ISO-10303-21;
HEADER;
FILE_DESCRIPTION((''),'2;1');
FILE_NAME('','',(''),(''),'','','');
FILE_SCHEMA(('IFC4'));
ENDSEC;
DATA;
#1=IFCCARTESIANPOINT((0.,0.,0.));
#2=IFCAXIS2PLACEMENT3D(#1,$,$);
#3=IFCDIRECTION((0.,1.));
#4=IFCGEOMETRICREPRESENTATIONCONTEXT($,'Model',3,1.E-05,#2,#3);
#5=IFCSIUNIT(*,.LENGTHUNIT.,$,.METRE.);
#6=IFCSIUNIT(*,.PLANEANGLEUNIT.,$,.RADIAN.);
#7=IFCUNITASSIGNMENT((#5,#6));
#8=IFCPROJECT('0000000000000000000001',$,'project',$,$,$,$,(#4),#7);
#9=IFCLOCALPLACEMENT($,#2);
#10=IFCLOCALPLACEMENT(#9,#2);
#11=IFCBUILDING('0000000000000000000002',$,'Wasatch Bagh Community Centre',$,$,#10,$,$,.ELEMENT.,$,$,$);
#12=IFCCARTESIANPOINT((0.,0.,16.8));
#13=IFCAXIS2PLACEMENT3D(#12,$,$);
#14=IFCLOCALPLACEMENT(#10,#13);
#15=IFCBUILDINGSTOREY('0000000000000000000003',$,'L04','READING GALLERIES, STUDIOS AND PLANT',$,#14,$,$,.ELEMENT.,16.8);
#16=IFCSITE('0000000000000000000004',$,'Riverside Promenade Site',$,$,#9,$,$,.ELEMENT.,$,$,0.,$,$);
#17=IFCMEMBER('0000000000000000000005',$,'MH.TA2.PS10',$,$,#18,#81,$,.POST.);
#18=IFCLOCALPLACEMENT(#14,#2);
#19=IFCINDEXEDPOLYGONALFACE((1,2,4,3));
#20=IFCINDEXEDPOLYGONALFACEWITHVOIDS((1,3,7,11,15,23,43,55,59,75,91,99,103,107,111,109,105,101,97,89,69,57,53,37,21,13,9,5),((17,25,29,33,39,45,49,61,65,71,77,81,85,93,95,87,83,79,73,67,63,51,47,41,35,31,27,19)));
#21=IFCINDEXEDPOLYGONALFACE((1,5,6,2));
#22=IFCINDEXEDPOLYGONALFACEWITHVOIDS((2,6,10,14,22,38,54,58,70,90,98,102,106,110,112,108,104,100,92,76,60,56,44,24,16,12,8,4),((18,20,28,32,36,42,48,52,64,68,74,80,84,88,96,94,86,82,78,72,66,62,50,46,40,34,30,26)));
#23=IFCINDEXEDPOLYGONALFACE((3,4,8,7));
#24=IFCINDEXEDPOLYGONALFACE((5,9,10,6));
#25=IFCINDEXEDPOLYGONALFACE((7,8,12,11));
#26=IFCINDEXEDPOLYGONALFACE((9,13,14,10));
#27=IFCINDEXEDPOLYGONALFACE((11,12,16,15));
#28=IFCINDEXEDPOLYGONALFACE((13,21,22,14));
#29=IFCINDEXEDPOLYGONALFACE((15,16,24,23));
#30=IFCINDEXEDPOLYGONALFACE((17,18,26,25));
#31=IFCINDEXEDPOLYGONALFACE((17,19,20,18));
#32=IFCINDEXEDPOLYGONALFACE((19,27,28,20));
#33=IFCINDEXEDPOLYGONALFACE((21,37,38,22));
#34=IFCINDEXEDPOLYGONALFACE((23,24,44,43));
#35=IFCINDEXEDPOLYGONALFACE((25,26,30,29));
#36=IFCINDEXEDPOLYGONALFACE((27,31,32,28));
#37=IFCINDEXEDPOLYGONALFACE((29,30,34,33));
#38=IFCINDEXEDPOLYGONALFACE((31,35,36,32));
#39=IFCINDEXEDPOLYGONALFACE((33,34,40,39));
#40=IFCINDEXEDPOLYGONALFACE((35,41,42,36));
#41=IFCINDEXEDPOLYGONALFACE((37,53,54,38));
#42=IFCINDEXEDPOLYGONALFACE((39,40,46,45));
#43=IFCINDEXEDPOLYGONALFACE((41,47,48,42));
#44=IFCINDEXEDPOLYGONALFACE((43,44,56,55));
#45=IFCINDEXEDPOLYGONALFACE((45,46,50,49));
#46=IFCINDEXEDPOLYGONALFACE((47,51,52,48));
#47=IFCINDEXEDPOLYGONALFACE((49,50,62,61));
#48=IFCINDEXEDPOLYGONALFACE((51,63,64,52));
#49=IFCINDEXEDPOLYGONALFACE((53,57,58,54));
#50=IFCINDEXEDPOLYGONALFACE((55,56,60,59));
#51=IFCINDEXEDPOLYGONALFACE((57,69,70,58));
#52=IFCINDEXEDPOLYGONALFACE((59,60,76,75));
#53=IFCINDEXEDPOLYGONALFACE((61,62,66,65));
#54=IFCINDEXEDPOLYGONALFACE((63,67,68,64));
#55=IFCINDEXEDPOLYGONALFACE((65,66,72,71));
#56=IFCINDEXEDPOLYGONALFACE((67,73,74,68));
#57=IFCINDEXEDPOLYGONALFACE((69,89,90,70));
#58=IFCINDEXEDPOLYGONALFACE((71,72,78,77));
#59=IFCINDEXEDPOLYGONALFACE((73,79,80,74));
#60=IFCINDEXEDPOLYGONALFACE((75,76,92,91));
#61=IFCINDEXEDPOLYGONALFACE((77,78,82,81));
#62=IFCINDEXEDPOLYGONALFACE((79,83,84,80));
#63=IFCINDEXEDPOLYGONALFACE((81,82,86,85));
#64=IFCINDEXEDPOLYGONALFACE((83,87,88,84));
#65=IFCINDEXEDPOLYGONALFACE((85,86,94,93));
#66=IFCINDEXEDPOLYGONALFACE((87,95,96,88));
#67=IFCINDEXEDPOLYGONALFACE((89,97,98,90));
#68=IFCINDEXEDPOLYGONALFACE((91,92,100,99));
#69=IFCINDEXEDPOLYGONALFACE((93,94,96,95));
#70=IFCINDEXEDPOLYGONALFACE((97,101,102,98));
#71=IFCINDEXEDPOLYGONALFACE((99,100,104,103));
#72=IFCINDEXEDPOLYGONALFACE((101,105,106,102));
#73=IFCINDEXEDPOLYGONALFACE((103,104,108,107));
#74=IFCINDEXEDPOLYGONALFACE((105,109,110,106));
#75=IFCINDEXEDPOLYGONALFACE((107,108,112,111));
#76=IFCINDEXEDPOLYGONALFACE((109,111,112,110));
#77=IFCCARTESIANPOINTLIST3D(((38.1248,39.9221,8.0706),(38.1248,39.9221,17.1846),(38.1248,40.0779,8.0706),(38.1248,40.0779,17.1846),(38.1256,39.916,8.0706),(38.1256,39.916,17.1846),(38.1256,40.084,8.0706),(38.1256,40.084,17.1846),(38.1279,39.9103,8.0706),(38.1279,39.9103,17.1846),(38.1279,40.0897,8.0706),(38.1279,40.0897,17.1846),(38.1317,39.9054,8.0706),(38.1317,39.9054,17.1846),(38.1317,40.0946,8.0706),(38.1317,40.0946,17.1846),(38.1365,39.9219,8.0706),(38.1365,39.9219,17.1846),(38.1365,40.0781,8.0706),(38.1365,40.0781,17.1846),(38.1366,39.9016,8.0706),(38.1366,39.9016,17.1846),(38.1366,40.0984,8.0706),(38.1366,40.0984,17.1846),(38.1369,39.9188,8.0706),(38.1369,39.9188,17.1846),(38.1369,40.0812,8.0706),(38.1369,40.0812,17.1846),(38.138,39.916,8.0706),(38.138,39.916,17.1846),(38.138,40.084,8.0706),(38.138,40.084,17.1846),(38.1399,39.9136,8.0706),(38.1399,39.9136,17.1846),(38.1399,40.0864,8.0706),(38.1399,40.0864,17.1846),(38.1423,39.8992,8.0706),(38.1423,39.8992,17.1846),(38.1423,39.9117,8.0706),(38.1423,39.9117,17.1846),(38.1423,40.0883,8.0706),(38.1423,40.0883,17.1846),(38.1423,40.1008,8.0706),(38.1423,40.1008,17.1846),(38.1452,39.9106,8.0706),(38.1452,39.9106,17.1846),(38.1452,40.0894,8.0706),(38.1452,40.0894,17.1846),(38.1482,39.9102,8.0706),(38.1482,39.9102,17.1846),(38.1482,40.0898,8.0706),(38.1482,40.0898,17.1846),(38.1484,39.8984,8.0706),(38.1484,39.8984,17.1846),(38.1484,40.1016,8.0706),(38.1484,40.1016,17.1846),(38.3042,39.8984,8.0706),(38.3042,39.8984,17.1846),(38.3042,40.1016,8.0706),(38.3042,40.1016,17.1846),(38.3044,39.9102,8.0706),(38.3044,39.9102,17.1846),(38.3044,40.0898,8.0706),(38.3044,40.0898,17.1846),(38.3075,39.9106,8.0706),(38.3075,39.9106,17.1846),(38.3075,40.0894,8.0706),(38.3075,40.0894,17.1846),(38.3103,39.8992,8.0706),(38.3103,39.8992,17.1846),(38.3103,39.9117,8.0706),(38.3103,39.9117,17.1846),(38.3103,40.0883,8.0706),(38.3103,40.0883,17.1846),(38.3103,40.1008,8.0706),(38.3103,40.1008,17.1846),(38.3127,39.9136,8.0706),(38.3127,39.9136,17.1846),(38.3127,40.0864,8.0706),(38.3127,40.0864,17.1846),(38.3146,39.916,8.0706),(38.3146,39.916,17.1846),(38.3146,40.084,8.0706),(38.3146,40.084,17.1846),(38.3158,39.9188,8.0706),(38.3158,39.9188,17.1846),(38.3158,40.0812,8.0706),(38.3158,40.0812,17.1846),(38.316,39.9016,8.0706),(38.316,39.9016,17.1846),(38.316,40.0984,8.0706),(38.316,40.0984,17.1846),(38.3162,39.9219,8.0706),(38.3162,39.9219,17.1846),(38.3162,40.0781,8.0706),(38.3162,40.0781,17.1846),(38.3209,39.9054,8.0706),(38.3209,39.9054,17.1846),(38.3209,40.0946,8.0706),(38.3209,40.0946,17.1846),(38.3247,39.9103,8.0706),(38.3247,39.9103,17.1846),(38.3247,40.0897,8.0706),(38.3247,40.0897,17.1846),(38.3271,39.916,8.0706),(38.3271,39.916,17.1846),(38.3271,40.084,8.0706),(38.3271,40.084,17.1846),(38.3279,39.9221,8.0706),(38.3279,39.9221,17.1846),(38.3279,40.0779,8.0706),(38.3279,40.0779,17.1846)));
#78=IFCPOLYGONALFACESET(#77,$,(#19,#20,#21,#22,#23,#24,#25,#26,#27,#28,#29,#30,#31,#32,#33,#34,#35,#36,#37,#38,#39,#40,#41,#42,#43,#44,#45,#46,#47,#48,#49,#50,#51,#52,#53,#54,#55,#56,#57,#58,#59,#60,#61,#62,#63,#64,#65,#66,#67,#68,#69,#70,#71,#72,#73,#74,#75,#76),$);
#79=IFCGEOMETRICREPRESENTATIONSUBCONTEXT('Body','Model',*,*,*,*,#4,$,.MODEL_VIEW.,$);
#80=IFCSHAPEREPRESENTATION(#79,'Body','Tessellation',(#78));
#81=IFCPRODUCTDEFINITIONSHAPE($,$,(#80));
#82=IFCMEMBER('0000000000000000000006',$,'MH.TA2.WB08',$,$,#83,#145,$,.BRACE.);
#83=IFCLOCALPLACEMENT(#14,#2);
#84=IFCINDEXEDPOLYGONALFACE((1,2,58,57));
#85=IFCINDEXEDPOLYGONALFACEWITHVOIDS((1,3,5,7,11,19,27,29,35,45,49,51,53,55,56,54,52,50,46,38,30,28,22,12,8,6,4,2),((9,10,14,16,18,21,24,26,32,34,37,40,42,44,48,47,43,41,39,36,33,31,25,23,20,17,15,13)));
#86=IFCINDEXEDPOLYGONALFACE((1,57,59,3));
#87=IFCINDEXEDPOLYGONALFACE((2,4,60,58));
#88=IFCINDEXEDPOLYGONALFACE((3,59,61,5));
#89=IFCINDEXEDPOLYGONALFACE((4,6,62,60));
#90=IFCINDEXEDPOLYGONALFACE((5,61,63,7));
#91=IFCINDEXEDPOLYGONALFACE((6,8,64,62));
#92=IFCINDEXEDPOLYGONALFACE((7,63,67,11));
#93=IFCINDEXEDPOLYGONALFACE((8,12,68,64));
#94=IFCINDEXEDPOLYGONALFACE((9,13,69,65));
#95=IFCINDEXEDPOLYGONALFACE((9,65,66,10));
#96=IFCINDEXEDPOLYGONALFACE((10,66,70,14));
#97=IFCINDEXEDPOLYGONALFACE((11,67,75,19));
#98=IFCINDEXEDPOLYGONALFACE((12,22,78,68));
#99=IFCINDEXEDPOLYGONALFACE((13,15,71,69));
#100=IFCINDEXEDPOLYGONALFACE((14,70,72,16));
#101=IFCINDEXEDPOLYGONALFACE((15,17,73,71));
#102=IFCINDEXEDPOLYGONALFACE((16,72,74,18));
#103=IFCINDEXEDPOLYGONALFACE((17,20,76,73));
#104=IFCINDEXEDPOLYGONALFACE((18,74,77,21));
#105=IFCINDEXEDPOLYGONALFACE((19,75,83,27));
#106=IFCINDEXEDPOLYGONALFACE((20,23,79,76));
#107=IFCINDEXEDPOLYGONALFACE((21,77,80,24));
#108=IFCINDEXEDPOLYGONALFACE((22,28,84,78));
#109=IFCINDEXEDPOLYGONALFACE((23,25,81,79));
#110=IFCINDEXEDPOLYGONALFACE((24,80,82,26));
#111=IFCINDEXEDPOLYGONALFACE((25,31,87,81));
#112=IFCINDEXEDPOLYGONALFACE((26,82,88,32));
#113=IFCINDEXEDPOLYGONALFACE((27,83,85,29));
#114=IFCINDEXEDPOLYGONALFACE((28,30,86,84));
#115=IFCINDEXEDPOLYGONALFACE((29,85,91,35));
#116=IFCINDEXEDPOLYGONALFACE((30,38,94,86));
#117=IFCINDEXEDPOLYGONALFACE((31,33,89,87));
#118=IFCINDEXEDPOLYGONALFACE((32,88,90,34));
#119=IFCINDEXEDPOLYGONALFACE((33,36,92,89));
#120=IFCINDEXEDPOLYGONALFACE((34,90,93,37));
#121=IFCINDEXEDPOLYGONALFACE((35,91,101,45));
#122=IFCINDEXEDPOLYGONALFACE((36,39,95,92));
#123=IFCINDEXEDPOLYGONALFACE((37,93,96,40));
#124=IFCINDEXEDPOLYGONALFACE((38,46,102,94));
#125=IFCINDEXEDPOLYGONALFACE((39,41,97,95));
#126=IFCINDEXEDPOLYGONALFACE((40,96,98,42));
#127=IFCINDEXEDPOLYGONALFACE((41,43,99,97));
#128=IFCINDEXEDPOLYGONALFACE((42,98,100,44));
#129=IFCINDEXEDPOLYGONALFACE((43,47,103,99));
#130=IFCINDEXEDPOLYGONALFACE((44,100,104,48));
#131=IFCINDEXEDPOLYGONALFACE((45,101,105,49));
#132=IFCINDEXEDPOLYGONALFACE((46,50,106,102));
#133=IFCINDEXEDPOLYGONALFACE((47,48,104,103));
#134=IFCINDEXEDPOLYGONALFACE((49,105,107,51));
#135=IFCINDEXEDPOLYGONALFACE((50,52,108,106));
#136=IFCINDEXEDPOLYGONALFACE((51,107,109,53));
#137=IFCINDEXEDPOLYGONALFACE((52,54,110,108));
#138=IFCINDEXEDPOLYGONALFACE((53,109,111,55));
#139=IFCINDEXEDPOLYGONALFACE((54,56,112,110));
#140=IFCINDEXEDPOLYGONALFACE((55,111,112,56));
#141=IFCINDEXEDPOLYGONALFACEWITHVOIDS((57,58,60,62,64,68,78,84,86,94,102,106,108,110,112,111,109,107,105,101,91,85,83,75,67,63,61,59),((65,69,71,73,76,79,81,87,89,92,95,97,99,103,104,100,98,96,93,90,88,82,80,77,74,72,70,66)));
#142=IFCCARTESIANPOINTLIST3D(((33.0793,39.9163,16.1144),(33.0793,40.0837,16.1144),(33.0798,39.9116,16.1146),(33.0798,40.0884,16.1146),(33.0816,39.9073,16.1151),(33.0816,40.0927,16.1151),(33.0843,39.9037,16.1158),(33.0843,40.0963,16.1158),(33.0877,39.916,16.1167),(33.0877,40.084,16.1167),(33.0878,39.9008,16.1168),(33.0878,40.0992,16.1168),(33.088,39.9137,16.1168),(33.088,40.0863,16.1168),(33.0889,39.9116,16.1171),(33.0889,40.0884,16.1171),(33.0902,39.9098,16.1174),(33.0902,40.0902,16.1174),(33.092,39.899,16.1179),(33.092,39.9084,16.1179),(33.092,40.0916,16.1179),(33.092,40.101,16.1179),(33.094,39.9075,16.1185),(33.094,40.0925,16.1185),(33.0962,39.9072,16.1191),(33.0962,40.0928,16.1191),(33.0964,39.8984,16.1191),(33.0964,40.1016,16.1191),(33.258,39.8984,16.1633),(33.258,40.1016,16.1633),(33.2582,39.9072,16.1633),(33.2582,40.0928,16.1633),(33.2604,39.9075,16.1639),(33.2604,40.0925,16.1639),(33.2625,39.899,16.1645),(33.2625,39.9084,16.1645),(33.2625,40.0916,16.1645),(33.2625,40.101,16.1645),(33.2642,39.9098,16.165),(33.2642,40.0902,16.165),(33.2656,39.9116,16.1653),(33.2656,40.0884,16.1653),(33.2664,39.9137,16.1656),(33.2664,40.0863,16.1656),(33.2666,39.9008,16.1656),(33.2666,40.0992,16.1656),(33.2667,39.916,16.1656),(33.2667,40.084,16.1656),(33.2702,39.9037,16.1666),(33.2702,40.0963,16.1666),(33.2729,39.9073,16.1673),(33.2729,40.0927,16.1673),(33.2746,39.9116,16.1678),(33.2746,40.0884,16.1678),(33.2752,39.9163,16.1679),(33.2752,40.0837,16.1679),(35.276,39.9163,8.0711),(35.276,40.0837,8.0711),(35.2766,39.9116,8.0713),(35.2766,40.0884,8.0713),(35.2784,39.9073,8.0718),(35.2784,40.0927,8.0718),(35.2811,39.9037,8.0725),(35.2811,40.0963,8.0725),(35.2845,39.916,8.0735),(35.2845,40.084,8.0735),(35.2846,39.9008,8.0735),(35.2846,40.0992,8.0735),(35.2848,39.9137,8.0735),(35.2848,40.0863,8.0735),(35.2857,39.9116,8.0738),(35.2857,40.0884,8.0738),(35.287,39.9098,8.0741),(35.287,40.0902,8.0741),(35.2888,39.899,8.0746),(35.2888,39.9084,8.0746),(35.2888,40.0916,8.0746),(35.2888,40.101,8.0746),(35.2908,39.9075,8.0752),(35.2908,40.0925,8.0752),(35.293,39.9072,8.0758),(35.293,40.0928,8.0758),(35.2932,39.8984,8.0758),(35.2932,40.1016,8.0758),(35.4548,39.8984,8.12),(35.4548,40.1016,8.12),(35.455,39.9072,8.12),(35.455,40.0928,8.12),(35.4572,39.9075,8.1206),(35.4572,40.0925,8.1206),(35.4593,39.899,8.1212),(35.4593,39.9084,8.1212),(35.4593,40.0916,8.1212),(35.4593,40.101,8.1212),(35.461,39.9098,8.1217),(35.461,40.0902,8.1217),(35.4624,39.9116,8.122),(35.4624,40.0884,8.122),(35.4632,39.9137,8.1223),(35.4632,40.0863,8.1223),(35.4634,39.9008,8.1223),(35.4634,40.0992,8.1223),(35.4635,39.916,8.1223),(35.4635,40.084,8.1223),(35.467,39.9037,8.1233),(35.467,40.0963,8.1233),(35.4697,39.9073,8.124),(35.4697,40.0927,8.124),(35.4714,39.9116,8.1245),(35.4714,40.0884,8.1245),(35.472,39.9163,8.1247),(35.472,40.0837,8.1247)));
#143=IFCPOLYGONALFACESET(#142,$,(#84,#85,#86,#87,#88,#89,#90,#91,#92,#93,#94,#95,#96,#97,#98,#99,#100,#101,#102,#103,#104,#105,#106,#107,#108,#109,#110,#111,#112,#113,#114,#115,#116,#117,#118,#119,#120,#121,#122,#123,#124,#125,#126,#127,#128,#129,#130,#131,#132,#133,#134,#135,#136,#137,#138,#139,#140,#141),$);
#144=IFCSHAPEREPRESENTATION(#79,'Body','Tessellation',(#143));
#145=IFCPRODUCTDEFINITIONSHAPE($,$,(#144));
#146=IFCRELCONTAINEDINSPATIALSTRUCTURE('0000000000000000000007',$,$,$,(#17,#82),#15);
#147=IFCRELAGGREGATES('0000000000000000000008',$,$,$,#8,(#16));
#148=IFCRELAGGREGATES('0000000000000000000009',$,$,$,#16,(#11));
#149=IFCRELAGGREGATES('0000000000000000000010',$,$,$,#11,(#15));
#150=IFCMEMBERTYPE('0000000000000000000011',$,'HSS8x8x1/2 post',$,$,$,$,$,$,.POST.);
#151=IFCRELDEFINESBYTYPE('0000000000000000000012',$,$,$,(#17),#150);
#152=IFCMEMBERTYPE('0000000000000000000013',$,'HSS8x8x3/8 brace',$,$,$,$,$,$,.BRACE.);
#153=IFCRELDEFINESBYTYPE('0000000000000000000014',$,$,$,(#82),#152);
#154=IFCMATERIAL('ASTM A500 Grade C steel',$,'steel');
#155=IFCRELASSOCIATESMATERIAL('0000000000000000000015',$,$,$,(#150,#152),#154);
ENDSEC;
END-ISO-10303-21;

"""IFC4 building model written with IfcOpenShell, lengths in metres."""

from ifc_helpers import new_model, si_unit, direction, frame, origin, origin_2d, place, context, subcontext, project, spatial, hollow_rectangle, extrude, material, material_profile, profile_set, type_object, element, save


model = new_model("IFC4")

# Units and contexts
model_context = context("Model", 3, precision=1e-05, world=origin(), true_north=direction((0.0, 1.0)))
body_context = subcontext(model_context, "Body", "Model", "MODEL_VIEW")
ifc_project = project(units=[si_unit("LENGTHUNIT", "METRE"), si_unit("PLANEANGLEUNIT", "RADIAN")], contexts=[model_context])

# Site, building, storey
site_placement = place(None, origin())
site = spatial("IfcSite", under=ifc_project, at=site_placement, Name="Riverside Promenade Site", CompositionType="ELEMENT", RefElevation=0.0)
building_placement = place(site_placement, origin())
building = spatial("IfcBuilding", under=site, at=building_placement, Name="Wasatch Bagh Community Centre", CompositionType="ELEMENT")
storey_placement = place(building_placement, frame((0.0, 0.0, 16.8)))
storey = spatial("IfcBuildingStorey", under=building, at=storey_placement, Name="L04", Description="READING GALLERIES, STUDIOS AND PLANT", CompositionType="ELEMENT", Elevation=16.8)

# Members
ifc_material_1 = material(Name="ASTM A500 Grade C steel", Category="steel")
ifc_material_profile_1 = material_profile(ifc_material_1, hollow_rectangle(XDim=0.2031, YDim=0.2031, WallThickness=0.0117, InnerFilletRadius=0.0117, OuterFilletRadius=0.0237, at=origin_2d()), Name="HSS8x8x1/2")
ifc_profile_set_1 = profile_set([ifc_material_profile_1], Name="ASTM A500 Grade C steel")
member_type_1 = type_object("IfcMemberType", Name="HSS8x8x1/2 post", PredefinedType="POST", material=ifc_profile_set_1)
member_1_placement = place(storey_placement, frame((38.2263, 40.0, 8.0706), z_axis=(0.0, 0.0, 1.0), x_axis=(1.0, 0.0, 0.0)))
element("IfcMember", 1, at=member_1_placement, inside=storey, type_object=member_type_1, Name="MH.TA2.PS10", PredefinedType="POST", context=body_context, shape_type="SweptSolid", body=[
    extrude(hollow_rectangle(XDim=0.2031, YDim=0.2031, WallThickness=0.0117, InnerFilletRadius=0.0117, OuterFilletRadius=0.0237, at=origin_2d()), origin(), (0.0, 0.0, 1.0), 9.114),
])
ifc_material_profile_2 = material_profile(ifc_material_1, hollow_rectangle(XDim=0.2031, YDim=0.2031, WallThickness=0.0088, InnerFilletRadius=0.0088, OuterFilletRadius=0.0178, at=origin_2d()), Name="HSS8x8x3/8")
ifc_profile_set_2 = profile_set([ifc_material_profile_2], Name="ASTM A500 Grade C steel")
member_type_2 = type_object("IfcMemberType", Name="HSS8x8x3/8 brace", PredefinedType="BRACE", material=ifc_profile_set_2)
member_2_placement = place(storey_placement, frame((35.374, 40.0, 8.0979), z_axis=(-0.263472, 0.0, 0.964667), x_axis=(0.0, -1.0, 0.0)))
element("IfcMember", 2, at=member_2_placement, inside=storey, type_object=member_type_2, Name="MH.TA2.WB08", PredefinedType="BRACE", context=body_context, shape_type="SweptSolid", body=[
    extrude(hollow_rectangle(XDim=0.2031, YDim=0.2031, WallThickness=0.0088, InnerFilletRadius=0.0088, OuterFilletRadius=0.0178, at=origin_2d()), origin(), (0.0, 0.0, 1.0), 8.3379),
])

save(model, "model.ifc")
